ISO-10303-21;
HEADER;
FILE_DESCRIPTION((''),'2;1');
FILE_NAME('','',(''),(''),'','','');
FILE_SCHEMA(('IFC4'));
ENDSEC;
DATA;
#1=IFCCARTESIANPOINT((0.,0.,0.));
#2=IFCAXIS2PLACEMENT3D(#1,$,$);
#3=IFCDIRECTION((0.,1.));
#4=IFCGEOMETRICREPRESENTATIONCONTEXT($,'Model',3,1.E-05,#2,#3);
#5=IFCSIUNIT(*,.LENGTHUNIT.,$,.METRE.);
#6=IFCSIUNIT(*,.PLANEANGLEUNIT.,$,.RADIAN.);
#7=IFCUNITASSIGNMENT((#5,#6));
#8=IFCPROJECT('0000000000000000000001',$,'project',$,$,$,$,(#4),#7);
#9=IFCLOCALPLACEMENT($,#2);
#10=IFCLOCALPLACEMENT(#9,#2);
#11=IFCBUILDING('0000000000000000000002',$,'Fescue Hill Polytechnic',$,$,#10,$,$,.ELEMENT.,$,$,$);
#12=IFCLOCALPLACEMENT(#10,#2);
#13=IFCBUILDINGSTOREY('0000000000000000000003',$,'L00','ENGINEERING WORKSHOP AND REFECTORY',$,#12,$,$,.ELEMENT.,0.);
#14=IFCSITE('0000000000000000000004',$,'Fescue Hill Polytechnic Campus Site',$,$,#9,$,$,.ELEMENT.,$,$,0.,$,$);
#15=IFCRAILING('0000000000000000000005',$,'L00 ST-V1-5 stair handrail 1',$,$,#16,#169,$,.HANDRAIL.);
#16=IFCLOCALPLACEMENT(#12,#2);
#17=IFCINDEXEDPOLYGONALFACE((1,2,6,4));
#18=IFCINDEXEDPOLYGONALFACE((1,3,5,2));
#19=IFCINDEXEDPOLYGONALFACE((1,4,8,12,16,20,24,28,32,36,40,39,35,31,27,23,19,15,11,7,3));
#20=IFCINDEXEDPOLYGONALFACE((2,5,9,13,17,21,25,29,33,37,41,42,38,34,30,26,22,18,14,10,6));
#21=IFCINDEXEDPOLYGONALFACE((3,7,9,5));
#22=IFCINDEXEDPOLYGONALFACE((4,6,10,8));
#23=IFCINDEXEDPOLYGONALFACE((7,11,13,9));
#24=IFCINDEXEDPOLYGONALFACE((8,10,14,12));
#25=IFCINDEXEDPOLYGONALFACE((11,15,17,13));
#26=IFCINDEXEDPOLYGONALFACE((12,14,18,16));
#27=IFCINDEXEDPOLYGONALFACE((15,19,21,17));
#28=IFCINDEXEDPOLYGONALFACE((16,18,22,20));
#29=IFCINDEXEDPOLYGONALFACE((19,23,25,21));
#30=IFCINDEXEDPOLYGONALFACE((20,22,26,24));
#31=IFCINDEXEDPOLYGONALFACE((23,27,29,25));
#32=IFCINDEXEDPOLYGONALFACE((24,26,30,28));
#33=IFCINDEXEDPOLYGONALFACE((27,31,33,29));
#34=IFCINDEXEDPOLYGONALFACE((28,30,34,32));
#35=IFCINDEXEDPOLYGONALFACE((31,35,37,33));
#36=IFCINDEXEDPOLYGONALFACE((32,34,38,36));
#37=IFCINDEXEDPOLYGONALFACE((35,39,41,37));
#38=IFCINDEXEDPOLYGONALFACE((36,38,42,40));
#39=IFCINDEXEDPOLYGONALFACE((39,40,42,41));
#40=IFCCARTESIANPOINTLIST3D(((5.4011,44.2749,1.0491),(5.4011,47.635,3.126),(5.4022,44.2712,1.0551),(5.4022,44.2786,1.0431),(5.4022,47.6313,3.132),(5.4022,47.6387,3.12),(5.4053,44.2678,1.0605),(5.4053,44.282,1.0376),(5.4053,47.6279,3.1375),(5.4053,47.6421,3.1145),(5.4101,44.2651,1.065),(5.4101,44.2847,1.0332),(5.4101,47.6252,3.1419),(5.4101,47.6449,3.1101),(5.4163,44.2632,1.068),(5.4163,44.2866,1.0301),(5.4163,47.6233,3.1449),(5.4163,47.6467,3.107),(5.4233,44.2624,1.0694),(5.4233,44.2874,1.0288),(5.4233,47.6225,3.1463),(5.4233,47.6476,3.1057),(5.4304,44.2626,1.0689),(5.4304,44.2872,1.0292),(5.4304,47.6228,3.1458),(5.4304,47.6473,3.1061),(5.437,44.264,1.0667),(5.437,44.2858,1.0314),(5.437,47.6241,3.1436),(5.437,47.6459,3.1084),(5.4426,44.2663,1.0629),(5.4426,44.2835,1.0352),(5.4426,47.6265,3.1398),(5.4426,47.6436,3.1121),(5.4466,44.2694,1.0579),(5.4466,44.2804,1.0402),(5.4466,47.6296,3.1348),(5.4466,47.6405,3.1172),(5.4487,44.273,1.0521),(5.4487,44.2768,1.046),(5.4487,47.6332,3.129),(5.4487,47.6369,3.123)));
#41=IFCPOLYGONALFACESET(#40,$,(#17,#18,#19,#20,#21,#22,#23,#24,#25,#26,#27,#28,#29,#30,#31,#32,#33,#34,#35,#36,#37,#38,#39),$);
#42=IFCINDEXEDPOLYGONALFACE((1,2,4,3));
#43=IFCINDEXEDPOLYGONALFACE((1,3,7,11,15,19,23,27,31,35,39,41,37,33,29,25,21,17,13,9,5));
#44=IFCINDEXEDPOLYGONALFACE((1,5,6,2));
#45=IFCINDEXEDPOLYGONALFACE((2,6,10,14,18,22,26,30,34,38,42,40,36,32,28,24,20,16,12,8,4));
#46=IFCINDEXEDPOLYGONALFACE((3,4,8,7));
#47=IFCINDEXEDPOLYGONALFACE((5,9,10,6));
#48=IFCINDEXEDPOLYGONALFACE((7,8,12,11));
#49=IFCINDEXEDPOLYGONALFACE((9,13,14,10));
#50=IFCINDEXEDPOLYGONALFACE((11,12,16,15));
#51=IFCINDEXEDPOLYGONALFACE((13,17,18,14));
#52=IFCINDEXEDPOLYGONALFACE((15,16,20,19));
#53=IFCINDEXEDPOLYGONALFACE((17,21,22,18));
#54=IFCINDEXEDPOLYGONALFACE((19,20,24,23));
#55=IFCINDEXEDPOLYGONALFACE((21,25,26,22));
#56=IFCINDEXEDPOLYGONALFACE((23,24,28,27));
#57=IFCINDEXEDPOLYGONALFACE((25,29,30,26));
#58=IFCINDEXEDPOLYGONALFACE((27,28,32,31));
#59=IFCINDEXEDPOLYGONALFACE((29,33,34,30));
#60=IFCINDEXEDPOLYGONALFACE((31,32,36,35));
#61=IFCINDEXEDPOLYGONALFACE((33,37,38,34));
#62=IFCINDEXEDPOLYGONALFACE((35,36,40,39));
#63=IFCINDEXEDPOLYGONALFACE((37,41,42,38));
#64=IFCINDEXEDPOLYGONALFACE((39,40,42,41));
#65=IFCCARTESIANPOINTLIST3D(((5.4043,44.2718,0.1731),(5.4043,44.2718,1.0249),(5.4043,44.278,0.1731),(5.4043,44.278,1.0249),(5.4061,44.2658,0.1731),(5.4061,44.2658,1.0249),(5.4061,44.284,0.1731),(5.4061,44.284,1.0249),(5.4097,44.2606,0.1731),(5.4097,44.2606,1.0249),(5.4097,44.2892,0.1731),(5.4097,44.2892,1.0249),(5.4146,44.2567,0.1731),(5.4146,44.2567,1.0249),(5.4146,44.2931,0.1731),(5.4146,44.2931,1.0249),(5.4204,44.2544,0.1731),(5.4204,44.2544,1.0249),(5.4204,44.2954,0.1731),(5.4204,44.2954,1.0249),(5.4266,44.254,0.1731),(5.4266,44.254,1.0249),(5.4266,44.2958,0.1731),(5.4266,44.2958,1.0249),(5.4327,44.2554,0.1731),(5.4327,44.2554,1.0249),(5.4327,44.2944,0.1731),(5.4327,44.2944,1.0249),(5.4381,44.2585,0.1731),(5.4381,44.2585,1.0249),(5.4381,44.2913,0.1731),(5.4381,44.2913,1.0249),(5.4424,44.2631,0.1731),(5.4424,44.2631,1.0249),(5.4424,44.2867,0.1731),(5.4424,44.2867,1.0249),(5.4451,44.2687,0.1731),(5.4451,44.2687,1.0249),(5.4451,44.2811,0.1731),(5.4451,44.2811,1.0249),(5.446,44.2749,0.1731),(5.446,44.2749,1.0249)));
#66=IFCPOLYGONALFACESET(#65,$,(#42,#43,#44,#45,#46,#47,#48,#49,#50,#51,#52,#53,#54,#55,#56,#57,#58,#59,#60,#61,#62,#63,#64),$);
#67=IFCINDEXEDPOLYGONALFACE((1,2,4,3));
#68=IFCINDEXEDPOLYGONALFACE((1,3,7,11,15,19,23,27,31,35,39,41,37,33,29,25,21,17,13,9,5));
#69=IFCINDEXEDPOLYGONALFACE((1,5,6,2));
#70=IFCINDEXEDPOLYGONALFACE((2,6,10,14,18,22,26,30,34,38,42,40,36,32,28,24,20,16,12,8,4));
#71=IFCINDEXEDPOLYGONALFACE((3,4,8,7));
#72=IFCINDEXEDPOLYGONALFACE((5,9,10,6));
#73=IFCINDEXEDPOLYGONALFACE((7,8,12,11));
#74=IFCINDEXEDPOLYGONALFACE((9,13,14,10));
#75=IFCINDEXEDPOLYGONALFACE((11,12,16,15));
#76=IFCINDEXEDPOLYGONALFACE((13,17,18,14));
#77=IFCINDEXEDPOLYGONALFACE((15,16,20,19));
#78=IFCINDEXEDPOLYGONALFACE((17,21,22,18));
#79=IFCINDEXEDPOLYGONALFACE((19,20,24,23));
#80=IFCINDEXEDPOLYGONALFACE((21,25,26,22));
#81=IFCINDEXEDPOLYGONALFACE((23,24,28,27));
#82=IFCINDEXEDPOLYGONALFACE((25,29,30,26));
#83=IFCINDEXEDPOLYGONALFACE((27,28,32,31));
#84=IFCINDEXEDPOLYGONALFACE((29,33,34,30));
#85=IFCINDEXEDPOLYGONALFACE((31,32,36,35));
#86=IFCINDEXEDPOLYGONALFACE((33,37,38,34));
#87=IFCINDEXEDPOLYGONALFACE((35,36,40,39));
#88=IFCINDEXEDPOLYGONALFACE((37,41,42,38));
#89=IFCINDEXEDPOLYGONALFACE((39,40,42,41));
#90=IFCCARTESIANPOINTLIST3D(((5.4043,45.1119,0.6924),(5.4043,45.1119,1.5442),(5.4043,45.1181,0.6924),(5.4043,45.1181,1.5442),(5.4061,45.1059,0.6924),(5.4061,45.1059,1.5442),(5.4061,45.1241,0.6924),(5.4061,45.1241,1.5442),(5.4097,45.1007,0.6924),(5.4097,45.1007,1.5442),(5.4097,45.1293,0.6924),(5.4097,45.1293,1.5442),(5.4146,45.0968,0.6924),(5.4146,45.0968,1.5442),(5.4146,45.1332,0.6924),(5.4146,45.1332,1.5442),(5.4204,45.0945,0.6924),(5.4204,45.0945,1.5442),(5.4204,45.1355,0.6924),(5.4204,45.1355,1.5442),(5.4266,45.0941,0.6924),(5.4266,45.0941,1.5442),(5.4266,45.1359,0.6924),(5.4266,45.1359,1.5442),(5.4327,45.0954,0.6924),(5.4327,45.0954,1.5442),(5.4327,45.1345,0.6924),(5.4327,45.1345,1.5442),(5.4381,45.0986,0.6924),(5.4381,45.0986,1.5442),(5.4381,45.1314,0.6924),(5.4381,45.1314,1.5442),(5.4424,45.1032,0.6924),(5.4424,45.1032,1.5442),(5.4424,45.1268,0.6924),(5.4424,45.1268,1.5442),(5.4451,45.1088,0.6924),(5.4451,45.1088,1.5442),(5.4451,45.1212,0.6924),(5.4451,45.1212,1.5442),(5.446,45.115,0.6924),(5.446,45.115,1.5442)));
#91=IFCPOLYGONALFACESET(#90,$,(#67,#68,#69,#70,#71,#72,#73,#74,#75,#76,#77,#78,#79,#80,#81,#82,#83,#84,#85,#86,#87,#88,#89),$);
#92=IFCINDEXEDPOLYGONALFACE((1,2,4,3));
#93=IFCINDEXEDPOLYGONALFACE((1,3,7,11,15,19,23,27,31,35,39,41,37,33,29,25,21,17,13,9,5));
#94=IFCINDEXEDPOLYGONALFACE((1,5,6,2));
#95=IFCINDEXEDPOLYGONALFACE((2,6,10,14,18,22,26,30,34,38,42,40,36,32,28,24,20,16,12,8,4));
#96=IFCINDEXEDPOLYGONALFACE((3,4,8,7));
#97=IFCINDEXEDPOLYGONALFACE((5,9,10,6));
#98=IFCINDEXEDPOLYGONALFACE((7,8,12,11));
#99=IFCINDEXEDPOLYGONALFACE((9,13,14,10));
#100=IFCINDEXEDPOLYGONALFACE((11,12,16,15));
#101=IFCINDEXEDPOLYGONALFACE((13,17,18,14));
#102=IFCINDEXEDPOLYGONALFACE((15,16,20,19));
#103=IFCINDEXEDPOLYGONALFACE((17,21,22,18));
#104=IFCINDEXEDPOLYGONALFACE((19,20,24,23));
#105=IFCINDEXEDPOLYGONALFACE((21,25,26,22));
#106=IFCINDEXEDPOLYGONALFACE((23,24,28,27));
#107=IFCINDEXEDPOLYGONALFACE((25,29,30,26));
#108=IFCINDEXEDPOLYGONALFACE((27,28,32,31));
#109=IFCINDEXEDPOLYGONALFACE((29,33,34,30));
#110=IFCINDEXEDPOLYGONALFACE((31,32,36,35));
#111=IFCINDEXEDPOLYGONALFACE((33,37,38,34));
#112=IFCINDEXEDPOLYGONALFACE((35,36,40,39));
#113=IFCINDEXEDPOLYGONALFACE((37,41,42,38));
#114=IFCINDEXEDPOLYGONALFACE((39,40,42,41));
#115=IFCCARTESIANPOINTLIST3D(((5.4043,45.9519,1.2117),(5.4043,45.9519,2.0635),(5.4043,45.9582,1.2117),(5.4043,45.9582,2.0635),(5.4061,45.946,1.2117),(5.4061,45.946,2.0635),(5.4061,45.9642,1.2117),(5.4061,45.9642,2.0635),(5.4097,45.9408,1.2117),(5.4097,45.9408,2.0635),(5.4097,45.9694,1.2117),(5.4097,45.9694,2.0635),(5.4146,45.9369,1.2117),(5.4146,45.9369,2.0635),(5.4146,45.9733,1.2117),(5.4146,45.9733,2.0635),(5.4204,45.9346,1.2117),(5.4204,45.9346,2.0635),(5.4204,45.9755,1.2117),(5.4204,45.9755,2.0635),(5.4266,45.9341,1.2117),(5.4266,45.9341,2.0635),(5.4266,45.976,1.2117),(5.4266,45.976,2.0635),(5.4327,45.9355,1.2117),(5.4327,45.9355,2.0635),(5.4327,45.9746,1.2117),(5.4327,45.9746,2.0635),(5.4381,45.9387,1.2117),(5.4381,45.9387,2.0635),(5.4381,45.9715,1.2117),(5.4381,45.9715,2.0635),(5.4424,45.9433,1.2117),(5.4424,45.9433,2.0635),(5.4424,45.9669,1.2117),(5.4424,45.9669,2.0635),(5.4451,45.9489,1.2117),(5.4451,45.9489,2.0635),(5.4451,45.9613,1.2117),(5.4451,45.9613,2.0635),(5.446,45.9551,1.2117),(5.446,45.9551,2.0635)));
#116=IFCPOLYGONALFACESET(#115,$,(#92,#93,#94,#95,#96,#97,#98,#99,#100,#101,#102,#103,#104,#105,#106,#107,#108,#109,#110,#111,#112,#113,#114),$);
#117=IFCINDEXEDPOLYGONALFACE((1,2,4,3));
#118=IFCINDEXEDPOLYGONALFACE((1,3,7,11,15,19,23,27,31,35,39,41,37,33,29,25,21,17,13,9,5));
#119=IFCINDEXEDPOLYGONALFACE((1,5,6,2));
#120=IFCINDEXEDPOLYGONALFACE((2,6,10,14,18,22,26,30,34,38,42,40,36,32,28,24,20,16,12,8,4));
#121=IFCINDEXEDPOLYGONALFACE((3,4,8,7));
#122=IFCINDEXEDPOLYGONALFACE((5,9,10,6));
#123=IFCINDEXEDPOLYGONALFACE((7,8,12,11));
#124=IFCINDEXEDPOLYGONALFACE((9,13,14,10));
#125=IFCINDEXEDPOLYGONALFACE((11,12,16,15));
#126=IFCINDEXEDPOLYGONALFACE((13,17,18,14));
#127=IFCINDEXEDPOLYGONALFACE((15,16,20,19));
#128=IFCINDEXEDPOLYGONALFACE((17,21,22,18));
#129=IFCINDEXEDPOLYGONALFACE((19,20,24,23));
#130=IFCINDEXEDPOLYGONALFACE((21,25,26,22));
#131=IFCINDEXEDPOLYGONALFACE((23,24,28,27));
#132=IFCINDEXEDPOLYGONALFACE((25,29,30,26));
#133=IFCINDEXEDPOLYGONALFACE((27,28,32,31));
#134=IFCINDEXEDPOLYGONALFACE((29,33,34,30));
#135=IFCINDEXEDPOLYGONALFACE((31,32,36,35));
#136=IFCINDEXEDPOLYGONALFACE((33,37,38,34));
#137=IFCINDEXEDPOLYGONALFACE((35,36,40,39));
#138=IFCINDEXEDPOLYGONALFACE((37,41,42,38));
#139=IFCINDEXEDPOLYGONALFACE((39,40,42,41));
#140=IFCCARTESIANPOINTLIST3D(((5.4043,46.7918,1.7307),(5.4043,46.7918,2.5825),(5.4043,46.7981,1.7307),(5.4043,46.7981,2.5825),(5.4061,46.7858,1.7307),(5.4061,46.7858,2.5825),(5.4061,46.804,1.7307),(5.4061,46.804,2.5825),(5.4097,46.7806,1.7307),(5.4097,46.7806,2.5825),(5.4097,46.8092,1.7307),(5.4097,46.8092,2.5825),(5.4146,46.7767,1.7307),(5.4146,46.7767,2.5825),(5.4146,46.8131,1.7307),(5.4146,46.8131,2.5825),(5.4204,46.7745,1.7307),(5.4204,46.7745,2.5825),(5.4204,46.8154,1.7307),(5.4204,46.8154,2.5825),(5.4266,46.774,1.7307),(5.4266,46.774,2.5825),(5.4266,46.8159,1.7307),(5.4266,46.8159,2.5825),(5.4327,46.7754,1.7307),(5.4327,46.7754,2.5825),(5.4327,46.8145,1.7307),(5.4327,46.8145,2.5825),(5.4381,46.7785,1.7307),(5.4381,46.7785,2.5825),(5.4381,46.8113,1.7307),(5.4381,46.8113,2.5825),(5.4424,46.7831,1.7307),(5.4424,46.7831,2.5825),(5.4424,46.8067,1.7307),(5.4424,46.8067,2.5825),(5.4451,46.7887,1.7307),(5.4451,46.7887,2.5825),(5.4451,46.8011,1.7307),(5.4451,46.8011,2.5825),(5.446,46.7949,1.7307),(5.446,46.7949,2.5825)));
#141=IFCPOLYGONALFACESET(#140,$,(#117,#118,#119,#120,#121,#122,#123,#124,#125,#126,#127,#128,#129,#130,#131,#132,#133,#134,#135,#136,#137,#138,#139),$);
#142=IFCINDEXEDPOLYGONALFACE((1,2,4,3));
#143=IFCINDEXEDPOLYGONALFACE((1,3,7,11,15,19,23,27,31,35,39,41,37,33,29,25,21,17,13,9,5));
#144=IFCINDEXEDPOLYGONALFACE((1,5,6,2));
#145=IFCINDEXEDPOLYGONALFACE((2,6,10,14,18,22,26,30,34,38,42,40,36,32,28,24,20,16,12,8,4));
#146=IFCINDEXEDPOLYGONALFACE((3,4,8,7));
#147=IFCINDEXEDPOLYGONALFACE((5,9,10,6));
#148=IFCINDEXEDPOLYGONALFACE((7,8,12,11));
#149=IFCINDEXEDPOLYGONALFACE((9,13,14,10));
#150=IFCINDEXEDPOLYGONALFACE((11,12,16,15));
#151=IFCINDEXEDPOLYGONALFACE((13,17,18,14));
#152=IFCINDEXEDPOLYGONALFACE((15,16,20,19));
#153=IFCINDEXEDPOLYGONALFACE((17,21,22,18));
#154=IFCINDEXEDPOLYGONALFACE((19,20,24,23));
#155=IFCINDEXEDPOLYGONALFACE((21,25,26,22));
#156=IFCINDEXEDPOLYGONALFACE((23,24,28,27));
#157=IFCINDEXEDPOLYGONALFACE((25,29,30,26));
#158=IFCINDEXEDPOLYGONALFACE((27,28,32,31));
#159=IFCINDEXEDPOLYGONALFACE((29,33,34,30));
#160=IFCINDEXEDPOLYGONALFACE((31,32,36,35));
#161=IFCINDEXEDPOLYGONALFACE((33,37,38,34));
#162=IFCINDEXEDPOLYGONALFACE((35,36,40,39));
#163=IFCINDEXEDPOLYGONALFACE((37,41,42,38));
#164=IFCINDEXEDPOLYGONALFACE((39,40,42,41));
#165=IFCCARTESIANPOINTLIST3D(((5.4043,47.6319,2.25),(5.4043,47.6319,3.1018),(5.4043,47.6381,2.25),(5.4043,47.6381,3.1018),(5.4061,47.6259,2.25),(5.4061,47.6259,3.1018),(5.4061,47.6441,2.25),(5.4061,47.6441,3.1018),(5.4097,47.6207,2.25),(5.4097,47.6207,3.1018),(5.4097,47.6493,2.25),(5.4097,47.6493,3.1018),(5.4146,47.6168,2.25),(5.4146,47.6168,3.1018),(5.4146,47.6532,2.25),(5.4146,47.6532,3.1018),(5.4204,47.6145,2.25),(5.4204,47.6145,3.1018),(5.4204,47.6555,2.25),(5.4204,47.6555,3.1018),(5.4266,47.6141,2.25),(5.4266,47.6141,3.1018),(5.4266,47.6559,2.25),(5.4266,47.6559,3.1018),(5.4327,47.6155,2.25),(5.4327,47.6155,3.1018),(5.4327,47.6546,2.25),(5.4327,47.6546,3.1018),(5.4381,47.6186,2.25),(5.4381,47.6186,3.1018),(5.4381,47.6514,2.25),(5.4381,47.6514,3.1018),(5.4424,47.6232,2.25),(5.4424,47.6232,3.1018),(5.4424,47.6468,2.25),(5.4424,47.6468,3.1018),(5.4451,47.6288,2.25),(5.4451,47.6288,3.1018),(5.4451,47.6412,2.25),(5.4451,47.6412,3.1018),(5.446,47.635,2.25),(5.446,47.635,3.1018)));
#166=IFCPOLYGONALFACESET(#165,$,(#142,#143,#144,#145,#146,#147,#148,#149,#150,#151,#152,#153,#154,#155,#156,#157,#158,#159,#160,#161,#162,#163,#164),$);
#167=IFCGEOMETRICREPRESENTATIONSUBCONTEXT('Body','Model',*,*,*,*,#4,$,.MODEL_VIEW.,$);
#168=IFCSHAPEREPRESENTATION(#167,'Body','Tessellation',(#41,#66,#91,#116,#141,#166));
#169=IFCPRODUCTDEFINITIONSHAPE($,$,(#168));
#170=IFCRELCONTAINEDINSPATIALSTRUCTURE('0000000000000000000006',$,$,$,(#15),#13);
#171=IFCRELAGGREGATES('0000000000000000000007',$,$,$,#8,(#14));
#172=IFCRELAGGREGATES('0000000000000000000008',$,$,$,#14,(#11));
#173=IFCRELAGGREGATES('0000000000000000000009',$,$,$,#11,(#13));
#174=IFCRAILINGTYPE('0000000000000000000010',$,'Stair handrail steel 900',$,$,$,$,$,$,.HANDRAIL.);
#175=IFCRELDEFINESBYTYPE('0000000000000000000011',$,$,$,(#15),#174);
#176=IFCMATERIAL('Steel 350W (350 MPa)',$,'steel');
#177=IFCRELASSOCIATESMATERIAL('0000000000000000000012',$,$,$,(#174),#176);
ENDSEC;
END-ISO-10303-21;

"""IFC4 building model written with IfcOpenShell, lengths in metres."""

from ifc_helpers import new_model, si_unit, direction, frame, origin, origin_2d, place, context, subcontext, project, spatial, circle, extrude, material, type_object, element, save


model = new_model("IFC4")

# Units and contexts
model_context = context("Model", 3, precision=1e-05, world=origin(), true_north=direction((0.0, 1.0)))
body_context = subcontext(model_context, "Body", "Model", "MODEL_VIEW")
ifc_project = project(units=[si_unit("LENGTHUNIT", "METRE"), si_unit("PLANEANGLEUNIT", "RADIAN")], contexts=[model_context])

# Site, building, storey
site_placement = place(None, origin())
site = spatial("IfcSite", under=ifc_project, at=site_placement, Name="Fescue Hill Polytechnic Campus Site", CompositionType="ELEMENT", RefElevation=0.0)
building_placement = place(site_placement, origin())
building = spatial("IfcBuilding", under=site, at=building_placement, Name="Fescue Hill Polytechnic", CompositionType="ELEMENT")
storey_placement = place(building_placement, origin())
storey = spatial("IfcBuildingStorey", under=building, at=storey_placement, Name="L00", Description="ENGINEERING WORKSHOP AND REFECTORY", CompositionType="ELEMENT", Elevation=0.0)

# Railing
ifc_material_1 = material(Name="Steel 350W (350 MPa)", Category="steel")
railing_type_1 = type_object("IfcRailingType", Name="Stair handrail steel 900", PredefinedType="HANDRAIL", material=ifc_material_1)
railing_1_placement = place(storey_placement, frame((5.425, 44.2749, 0.1731)))
element("IfcRailing", 1, at=railing_1_placement, inside=storey, type_object=railing_type_1, Name="L00 ST-V1-5 stair handrail 1", PredefinedType="HANDRAIL", context=body_context, shape_type="SweptSolid", body=[
    extrude(circle(Radius=0.0239, at=origin_2d()), frame((0.0, 0.0, 0.876), z_axis=(0.0, 0.850623, 0.525776), x_axis=(-1.0, 0.0, 0.0)), (0.0, 0.0, 1.0), 3.9502),
    extrude(circle(Radius=0.021, at=origin_2d()), origin(), (0.0, 0.0, 1.0), 0.8518),
    extrude(circle(Radius=0.021, at=origin_2d()), frame((0.0, 0.8401, 0.5193)), (0.0, 0.0, 1.0), 0.8518),
    extrude(circle(Radius=0.021, at=origin_2d()), frame((0.0, 1.6802, 1.0386)), (0.0, 0.0, 1.0), 0.8518),
    extrude(circle(Radius=0.021, at=origin_2d()), frame((0.0, 2.52, 1.5576)), (0.0, 0.0, 1.0), 0.8518),
    extrude(circle(Radius=0.021, at=origin_2d()), frame((0.0, 3.3601, 2.0769)), (0.0, 0.0, 1.0), 0.8518),
])

save(model, "model.ifc")
